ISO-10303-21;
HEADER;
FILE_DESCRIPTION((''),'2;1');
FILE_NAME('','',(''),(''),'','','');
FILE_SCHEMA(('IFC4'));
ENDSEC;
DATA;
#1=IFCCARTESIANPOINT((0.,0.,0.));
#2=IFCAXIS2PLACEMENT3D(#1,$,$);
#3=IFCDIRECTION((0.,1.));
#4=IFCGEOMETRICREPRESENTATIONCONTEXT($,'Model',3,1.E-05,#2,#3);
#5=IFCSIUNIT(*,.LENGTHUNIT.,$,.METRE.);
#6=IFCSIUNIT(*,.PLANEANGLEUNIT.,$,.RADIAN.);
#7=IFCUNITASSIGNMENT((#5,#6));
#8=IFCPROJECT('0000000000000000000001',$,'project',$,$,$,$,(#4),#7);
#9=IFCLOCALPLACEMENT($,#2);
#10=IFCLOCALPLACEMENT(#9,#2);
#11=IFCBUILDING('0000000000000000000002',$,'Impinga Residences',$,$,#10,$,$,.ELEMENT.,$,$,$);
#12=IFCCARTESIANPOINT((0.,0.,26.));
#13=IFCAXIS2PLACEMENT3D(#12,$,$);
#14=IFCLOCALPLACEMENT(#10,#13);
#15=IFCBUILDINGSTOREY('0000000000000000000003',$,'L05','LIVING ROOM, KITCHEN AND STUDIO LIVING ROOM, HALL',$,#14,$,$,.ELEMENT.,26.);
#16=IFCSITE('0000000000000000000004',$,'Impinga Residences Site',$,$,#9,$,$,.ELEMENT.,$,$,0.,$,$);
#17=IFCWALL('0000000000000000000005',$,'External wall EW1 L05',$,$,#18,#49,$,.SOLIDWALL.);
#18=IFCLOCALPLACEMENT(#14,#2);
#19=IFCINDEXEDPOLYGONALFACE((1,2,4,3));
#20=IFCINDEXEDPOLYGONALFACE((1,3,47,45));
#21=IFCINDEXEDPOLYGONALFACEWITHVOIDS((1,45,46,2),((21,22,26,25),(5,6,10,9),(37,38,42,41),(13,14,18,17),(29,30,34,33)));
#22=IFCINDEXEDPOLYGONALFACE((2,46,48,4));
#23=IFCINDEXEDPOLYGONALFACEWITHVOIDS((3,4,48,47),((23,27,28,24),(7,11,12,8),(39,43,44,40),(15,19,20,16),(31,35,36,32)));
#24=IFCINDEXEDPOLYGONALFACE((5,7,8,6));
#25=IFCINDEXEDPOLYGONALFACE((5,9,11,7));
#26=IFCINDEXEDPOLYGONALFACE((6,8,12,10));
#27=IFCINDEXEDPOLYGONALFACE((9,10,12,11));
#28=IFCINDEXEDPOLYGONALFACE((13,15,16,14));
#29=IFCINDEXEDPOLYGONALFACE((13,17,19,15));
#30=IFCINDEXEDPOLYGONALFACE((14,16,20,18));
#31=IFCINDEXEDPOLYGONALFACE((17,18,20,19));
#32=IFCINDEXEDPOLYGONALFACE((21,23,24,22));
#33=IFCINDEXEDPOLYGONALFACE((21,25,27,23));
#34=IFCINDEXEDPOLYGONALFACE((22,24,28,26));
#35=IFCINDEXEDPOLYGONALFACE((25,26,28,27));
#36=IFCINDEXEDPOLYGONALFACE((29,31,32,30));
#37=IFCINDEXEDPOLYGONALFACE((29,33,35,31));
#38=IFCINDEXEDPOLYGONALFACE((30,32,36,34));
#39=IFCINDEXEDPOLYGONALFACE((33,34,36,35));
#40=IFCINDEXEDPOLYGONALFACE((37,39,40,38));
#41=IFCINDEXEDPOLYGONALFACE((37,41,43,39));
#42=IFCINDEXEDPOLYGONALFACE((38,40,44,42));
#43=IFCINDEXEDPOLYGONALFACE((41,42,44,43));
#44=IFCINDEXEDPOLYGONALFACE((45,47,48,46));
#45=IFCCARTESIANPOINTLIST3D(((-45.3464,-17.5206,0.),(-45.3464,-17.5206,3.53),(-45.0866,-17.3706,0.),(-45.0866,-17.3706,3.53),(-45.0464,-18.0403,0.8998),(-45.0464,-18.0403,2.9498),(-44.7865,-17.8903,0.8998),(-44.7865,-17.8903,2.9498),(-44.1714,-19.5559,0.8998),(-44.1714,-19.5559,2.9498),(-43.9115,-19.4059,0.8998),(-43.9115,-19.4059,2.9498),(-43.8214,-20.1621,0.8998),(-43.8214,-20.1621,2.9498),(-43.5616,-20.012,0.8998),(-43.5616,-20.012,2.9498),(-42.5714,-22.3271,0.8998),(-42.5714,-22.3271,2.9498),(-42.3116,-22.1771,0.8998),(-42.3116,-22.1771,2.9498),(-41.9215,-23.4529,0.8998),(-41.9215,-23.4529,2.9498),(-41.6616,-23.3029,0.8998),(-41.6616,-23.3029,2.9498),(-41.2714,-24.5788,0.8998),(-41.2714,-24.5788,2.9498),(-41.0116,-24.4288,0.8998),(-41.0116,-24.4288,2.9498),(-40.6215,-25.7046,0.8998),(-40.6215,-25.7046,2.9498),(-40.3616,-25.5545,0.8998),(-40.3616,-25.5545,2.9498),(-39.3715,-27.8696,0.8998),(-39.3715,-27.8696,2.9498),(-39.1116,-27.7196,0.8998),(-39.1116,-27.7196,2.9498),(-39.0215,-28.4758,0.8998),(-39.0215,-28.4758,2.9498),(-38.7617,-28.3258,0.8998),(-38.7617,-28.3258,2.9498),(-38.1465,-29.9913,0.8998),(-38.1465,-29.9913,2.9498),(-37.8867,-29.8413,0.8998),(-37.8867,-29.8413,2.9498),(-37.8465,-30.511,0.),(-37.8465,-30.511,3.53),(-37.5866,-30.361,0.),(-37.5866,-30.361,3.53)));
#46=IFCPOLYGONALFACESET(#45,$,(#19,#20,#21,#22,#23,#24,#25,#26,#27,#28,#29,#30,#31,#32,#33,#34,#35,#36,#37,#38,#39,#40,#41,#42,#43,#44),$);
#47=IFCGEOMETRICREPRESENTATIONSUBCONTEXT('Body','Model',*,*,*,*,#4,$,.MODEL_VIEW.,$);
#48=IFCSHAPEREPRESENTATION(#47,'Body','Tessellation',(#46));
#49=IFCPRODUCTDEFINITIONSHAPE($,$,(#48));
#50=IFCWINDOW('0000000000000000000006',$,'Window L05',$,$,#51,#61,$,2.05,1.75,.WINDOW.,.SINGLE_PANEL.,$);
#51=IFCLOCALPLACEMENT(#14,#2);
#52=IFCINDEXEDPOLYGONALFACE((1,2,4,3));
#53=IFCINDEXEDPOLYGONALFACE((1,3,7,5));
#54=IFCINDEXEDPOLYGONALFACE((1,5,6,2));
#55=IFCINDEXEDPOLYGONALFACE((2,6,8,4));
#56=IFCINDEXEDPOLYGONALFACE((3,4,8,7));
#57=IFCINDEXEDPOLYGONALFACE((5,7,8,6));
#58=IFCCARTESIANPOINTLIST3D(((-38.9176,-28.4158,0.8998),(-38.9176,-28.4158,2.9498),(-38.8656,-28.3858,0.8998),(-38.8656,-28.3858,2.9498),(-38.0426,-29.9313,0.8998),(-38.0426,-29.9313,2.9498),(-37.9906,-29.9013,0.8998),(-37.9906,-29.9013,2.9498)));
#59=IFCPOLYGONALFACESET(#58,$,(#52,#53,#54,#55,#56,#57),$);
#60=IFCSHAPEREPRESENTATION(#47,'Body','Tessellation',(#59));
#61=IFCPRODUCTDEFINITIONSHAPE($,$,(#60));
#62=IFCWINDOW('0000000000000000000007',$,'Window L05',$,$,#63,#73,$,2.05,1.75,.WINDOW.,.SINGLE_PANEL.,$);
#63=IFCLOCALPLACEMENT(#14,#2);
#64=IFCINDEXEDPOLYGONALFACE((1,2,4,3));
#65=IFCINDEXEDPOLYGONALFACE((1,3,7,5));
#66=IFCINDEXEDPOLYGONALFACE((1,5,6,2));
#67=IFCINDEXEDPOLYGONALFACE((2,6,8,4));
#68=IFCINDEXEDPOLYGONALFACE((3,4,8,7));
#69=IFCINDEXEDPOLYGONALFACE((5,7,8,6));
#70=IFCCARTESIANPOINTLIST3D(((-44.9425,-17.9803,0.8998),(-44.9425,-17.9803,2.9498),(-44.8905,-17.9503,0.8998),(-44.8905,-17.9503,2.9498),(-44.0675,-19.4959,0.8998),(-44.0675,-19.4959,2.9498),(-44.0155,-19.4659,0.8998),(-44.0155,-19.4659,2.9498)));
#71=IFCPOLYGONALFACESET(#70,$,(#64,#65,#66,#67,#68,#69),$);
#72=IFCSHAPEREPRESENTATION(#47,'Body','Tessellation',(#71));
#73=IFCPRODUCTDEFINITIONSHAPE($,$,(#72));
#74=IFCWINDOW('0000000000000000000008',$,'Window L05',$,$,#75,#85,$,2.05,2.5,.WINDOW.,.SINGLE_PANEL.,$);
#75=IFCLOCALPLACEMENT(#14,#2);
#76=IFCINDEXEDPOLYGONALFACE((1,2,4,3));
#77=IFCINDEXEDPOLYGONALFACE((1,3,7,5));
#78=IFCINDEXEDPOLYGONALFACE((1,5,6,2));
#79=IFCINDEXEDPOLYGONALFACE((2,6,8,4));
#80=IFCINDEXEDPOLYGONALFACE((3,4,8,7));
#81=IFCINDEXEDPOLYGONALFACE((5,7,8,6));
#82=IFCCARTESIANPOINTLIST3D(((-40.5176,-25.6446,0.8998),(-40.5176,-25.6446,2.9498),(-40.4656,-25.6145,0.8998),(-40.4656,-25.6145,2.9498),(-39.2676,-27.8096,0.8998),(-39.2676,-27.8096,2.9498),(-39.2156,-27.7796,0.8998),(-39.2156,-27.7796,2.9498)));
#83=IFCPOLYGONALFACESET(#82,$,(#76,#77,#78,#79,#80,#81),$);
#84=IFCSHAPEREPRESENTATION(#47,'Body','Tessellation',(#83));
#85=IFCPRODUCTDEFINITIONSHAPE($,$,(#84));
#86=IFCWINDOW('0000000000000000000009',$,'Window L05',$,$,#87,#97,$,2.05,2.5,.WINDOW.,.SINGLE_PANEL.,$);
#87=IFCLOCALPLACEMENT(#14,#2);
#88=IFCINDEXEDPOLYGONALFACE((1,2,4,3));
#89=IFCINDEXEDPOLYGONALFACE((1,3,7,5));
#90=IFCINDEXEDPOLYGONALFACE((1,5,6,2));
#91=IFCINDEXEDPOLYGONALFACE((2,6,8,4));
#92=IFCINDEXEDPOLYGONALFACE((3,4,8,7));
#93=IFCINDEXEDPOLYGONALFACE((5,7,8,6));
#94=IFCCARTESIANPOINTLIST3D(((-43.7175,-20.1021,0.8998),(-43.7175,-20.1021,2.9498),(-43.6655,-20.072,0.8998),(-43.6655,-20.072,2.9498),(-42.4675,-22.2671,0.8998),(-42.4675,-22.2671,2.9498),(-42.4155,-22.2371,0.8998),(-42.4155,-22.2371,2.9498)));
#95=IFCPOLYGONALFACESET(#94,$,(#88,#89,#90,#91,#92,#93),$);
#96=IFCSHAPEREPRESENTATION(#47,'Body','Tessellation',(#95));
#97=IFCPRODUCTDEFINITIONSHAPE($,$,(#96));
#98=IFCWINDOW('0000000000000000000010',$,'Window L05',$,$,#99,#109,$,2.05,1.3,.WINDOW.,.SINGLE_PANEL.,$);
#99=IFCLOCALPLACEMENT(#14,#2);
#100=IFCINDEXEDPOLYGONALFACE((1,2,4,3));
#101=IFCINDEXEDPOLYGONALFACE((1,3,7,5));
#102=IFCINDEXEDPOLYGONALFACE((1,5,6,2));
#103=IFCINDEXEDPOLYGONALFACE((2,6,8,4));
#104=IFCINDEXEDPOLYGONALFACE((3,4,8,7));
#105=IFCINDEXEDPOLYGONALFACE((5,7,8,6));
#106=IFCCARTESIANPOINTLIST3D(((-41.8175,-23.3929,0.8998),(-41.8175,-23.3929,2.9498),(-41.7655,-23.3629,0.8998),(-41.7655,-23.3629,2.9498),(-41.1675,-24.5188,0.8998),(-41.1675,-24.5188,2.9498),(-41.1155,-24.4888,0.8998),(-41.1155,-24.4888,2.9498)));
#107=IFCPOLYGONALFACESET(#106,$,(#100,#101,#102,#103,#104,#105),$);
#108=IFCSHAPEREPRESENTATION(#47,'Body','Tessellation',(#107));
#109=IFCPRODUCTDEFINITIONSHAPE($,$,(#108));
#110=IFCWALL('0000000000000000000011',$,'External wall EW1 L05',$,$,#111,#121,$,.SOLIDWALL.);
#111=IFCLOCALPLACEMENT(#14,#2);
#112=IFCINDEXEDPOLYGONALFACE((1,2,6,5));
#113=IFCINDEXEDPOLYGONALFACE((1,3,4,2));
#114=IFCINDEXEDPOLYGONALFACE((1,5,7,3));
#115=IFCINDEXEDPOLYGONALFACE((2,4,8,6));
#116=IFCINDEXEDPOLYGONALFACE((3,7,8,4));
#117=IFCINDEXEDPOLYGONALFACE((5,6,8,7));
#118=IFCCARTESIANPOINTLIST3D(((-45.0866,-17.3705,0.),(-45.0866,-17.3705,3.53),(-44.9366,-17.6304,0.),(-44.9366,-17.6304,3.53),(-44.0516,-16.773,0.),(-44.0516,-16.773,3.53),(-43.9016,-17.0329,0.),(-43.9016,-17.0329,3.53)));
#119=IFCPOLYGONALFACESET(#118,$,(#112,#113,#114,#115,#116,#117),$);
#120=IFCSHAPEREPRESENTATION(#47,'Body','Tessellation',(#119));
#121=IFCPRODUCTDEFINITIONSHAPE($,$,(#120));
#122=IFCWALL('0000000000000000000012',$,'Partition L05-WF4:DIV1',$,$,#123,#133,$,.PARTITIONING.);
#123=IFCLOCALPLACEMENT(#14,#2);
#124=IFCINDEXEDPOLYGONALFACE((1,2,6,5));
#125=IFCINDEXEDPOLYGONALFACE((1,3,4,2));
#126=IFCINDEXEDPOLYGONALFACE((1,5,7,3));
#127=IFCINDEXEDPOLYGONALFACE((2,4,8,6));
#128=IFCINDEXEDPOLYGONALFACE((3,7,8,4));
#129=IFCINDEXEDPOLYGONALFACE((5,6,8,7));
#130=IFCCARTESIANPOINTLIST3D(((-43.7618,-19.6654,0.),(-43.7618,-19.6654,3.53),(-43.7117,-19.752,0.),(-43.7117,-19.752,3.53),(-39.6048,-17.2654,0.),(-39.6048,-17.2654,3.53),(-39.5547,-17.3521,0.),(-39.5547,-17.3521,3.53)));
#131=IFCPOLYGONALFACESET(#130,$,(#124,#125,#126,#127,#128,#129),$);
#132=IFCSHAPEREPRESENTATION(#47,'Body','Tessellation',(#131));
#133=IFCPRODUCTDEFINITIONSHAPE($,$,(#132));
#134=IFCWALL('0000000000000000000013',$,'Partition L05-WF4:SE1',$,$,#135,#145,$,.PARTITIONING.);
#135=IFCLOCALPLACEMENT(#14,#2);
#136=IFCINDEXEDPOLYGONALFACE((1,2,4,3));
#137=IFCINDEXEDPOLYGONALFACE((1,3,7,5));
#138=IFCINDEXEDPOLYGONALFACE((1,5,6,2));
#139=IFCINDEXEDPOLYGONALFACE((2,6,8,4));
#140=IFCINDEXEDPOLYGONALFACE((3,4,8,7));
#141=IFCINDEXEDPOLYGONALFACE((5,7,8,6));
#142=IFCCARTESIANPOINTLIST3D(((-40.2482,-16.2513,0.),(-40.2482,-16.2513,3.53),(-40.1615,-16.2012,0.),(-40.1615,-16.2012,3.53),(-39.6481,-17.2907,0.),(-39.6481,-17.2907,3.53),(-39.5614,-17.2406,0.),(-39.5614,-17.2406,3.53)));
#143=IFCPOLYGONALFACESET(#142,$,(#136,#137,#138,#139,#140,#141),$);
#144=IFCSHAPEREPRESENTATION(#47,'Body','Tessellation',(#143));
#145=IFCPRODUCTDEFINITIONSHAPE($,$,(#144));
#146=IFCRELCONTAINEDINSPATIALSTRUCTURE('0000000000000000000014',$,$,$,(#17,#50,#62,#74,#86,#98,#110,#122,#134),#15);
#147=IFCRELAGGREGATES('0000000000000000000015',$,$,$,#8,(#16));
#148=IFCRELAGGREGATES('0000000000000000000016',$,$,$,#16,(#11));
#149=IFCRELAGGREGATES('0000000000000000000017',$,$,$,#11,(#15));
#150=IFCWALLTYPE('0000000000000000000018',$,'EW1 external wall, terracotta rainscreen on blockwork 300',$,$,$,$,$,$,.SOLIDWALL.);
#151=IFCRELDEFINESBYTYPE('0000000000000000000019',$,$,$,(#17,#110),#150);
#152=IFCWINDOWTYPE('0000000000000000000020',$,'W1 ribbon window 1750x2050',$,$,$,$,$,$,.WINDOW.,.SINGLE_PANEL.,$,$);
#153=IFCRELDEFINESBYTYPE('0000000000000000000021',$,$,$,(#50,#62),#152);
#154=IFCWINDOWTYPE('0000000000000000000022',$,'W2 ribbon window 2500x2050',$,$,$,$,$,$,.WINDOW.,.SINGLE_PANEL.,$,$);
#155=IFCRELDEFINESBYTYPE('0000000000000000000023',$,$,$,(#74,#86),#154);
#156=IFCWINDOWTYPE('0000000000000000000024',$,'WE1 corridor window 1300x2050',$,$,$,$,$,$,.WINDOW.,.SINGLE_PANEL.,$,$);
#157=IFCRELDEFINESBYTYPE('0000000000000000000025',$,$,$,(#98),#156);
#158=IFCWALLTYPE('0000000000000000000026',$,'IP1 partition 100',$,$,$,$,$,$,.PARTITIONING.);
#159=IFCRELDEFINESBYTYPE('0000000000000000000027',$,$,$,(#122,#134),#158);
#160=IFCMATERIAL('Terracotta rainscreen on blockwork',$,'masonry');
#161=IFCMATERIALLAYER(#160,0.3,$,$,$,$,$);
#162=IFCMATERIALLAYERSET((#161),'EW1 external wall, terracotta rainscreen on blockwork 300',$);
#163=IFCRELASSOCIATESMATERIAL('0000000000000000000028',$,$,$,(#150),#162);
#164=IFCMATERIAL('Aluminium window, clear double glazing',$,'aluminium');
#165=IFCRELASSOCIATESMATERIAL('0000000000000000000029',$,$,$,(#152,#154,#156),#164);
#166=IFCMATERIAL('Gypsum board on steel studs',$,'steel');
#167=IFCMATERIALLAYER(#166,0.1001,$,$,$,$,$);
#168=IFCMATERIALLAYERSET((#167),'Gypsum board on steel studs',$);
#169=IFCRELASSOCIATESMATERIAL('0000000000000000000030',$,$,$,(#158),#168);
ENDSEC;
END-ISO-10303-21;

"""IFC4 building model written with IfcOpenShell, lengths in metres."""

from ifc_helpers import new_model, si_unit, direction, frame, frame_2d, origin, place, context, subcontext, project, spatial, rectangle, extrude, material, layer, layer_set, type_object, element, fill, save


model = new_model("IFC4")

# Units and contexts
model_context = context("Model", 3, precision=1e-05, world=origin(), true_north=direction((0.0, 1.0)))
body_context = subcontext(model_context, "Body", "Model", "MODEL_VIEW")
ifc_project = project(units=[si_unit("LENGTHUNIT", "METRE"), si_unit("PLANEANGLEUNIT", "RADIAN")], contexts=[model_context])

# Site, building, storey
site_placement = place(None, origin())
site = spatial("IfcSite", under=ifc_project, at=site_placement, Name="Impinga Residences Site", CompositionType="ELEMENT", RefElevation=0.0)
building_placement = place(site_placement, origin())
building = spatial("IfcBuilding", under=site, at=building_placement, Name="Impinga Residences", CompositionType="ELEMENT")
storey_placement = place(building_placement, frame((0.0, 0.0, 26.0)))
storey = spatial("IfcBuildingStorey", under=building, at=storey_placement, Name="L05", Description="LIVING ROOM, KITCHEN AND STUDIO LIVING ROOM, HALL", CompositionType="ELEMENT", Elevation=26.0)

# Shared definitions
ifc_material_1 = material(Name="Terracotta rainscreen on blockwork", Category="masonry")
ifc_layer_1 = layer(ifc_material_1, 0.3)
ifc_layer_set_1 = layer_set([ifc_layer_1], Name="EW1 external wall, terracotta rainscreen on blockwork 300")
wall_type_1 = type_object("IfcWallType", Name="EW1 external wall, terracotta rainscreen on blockwork 300", PredefinedType="SOLIDWALL", material=ifc_layer_set_1)

# Wall, openings, windows
wall_1_placement = place(storey_placement, frame((-37.7166, -30.436, 0.0), z_axis=(0.0, 0.0, 1.0), x_axis=(-0.499997, 0.866027, 0.0)))
wall_1 = element("IfcWall", 1, at=wall_1_placement, inside=storey, type_object=wall_type_1, Name="External wall EW1 L05", PredefinedType="SOLIDWALL", context=body_context, shape_type="SweptSolid", body=[
    extrude(rectangle(XDim=15.0, YDim=0.3, at=frame_2d((7.5, 0.0))), origin(), (0.0, 0.0, 1.0), 3.53),
])
opening_1_placement = place(wall_1_placement, frame((0.6001, 0.0, 0.8999)))
opening_1 = element("IfcOpeningElement", 2, at=opening_1_placement, cuts=wall_1, PredefinedType="OPENING", context=body_context, shape_type="SweptSolid", body=[
    extrude(rectangle(XDim=1.75, YDim=2.05, at=frame_2d((0.875, 1.0249))), frame((0.0, 0.1599, 0.0), z_axis=(0.0, -1.0, 0.0), x_axis=(1.0, 0.0, 0.0)), (0.0, 0.0, 1.0), 0.3201),
])
opening_2_placement = place(wall_1_placement, frame((3.05, 0.0, 0.8999)))
opening_2 = element("IfcOpeningElement", 3, at=opening_2_placement, cuts=wall_1, PredefinedType="OPENING", context=body_context, shape_type="SweptSolid", body=[
    extrude(rectangle(XDim=2.5, YDim=2.05, at=frame_2d((1.25, 1.0249))), frame((0.0, 0.1599, 0.0), z_axis=(0.0, -1.0, 0.0), x_axis=(1.0, 0.0, 0.0)), (0.0, 0.0, 1.0), 0.3201),
])
opening_3_placement = place(wall_1_placement, frame((6.8501, 0.0, 0.8999)))
opening_3 = element("IfcOpeningElement", 4, at=opening_3_placement, cuts=wall_1, PredefinedType="OPENING", context=body_context, shape_type="SweptSolid", body=[
    extrude(rectangle(XDim=1.3, YDim=2.05, at=frame_2d((0.6499, 1.0249))), frame((0.0, 0.1599, 0.0), z_axis=(0.0, -1.0, 0.0), x_axis=(1.0, 0.0, 0.0)), (0.0, 0.0, 1.0), 0.3201),
])
opening_4_placement = place(wall_1_placement, frame((9.45, 0.0, 0.8999)))
opening_4 = element("IfcOpeningElement", 5, at=opening_4_placement, cuts=wall_1, PredefinedType="OPENING", context=body_context, shape_type="SweptSolid", body=[
    extrude(rectangle(XDim=2.5, YDim=2.05, at=frame_2d((1.25, 1.0249))), frame((0.0, 0.1599, 0.0), z_axis=(0.0, -1.0, 0.0), x_axis=(1.0, 0.0, 0.0)), (0.0, 0.0, 1.0), 0.3201),
])
opening_5_placement = place(wall_1_placement, frame((12.6499, 0.0, 0.8999)))
opening_5 = element("IfcOpeningElement", 6, at=opening_5_placement, cuts=wall_1, PredefinedType="OPENING", context=body_context, shape_type="SweptSolid", body=[
    extrude(rectangle(XDim=1.75, YDim=2.05, at=frame_2d((0.875, 1.0249))), frame((0.0, 0.1599, 0.0), z_axis=(0.0, -1.0, 0.0), x_axis=(1.0, 0.0, 0.0)), (0.0, 0.0, 1.0), 0.3201),
])
ifc_material_2 = material(Name="Aluminium window, clear double glazing", Category="aluminium")
window_type_1 = type_object("IfcWindowType", Name="W1 ribbon window 1750x2050", PartitioningType="SINGLE_PANEL", PredefinedType="WINDOW", material=ifc_material_2)
window_1_placement = place(opening_1_placement, origin())
window_1 = element("IfcWindow", 7, at=window_1_placement, inside=storey, type_object=window_type_1, Name="Window L05", OverallHeight=2.05, OverallWidth=1.75, PartitioningType="SINGLE_PANEL", PredefinedType="WINDOW", context=body_context, shape_type="SweptSolid", body=[
    extrude(rectangle(XDim=1.75, YDim=2.05, at=frame_2d((0.875, 1.0249))), frame((0.0, 0.03, 0.0), z_axis=(0.0, -1.0, 0.0), x_axis=(1.0, 0.0, 0.0)), (0.0, 0.0, 1.0), 0.0601),
])
fill(opening_1, window_1)
window_2_placement = place(opening_5_placement, origin())
window_2 = element("IfcWindow", 8, at=window_2_placement, inside=storey, type_object=window_type_1, Name="Window L05", OverallHeight=2.05, OverallWidth=1.75, PartitioningType="SINGLE_PANEL", PredefinedType="WINDOW", context=body_context, shape_type="SweptSolid", body=[
    extrude(rectangle(XDim=1.75, YDim=2.05, at=frame_2d((0.875, 1.0249))), frame((0.0, 0.03, 0.0), z_axis=(0.0, -1.0, 0.0), x_axis=(1.0, 0.0, 0.0)), (0.0, 0.0, 1.0), 0.0601),
])
fill(opening_5, window_2)
window_type_2 = type_object("IfcWindowType", Name="W2 ribbon window 2500x2050", PartitioningType="SINGLE_PANEL", PredefinedType="WINDOW", material=ifc_material_2)
window_3_placement = place(opening_2_placement, origin())
window_3 = element("IfcWindow", 9, at=window_3_placement, inside=storey, type_object=window_type_2, Name="Window L05", OverallHeight=2.05, OverallWidth=2.5, PartitioningType="SINGLE_PANEL", PredefinedType="WINDOW", context=body_context, shape_type="SweptSolid", body=[
    extrude(rectangle(XDim=2.5, YDim=2.05, at=frame_2d((1.25, 1.0249))), frame((0.0, 0.03, 0.0), z_axis=(0.0, -1.0, 0.0), x_axis=(1.0, 0.0, 0.0)), (0.0, 0.0, 1.0), 0.0601),
])
fill(opening_2, window_3)
window_4_placement = place(opening_4_placement, origin())
window_4 = element("IfcWindow", 10, at=window_4_placement, inside=storey, type_object=window_type_2, Name="Window L05", OverallHeight=2.05, OverallWidth=2.5, PartitioningType="SINGLE_PANEL", PredefinedType="WINDOW", context=body_context, shape_type="SweptSolid", body=[
    extrude(rectangle(XDim=2.5, YDim=2.05, at=frame_2d((1.25, 1.0249))), frame((0.0, 0.03, 0.0), z_axis=(0.0, -1.0, 0.0), x_axis=(1.0, 0.0, 0.0)), (0.0, 0.0, 1.0), 0.0601),
])
fill(opening_4, window_4)
window_type_3 = type_object("IfcWindowType", Name="WE1 corridor window 1300x2050", PartitioningType="SINGLE_PANEL", PredefinedType="WINDOW", material=ifc_material_2)
window_5_placement = place(opening_3_placement, origin())
window_5 = element("IfcWindow", 11, at=window_5_placement, inside=storey, type_object=window_type_3, Name="Window L05", OverallHeight=2.05, OverallWidth=1.3, PartitioningType="SINGLE_PANEL", PredefinedType="WINDOW", context=body_context, shape_type="SweptSolid", body=[
    extrude(rectangle(XDim=1.3, YDim=2.05, at=frame_2d((0.6499, 1.0249))), frame((0.0, 0.03, 0.0), z_axis=(0.0, -1.0, 0.0), x_axis=(1.0, 0.0, 0.0)), (0.0, 0.0, 1.0), 0.0601),
])
fill(opening_3, window_5)

# Walls
wall_2_placement = place(storey_placement, frame((-45.0117, -17.5005, 0.0), z_axis=(0.0, 0.0, 1.0), x_axis=(0.86606, 0.499941, 0.0)))
element("IfcWall", 12, at=wall_2_placement, inside=storey, type_object=wall_type_1, Name="External wall EW1 L05", PredefinedType="SOLIDWALL", context=body_context, shape_type="SweptSolid", body=[
    extrude(rectangle(XDim=1.1951, YDim=0.3, at=frame_2d((0.5977, 0.0))), origin(), (0.0, 0.0, 1.0), 3.53),
])
ifc_material_3 = material(Name="Gypsum board on steel studs", Category="steel")
ifc_layer_2 = layer(ifc_material_3, 0.1001)
ifc_layer_set_2 = layer_set([ifc_layer_2], Name="Gypsum board on steel studs")
wall_type_2 = type_object("IfcWallType", Name="IP1 partition 100", PredefinedType="PARTITIONING", material=ifc_layer_set_2)
wall_3_placement = place(storey_placement, frame((-39.5798, -17.3088, 0.0), z_axis=(0.0, 0.0, 1.0), x_axis=(-0.866037, -0.499979, 0.0)))
element("IfcWall", 13, at=wall_3_placement, inside=storey, type_object=wall_type_2, Name="Partition L05-WF4:DIV1", PredefinedType="PARTITIONING", context=body_context, shape_type="SweptSolid", body=[
    extrude(rectangle(XDim=4.8, YDim=0.1001, at=frame_2d((2.3999, 0.0))), origin(), (0.0, 0.0, 1.0), 3.53),
])
wall_4_placement = place(storey_placement, frame((-39.6047, -17.2656, 0.0), z_axis=(0.0, 0.0, 1.0), x_axis=(-0.500034, 0.866006, 0.0)))
element("IfcWall", 14, at=wall_4_placement, inside=storey, type_object=wall_type_2, Name="Partition L05-WF4:SE1", PredefinedType="PARTITIONING", context=body_context, shape_type="SweptSolid", body=[
    extrude(rectangle(XDim=1.2002, YDim=0.1001, at=frame_2d((0.6001, 0.0))), origin(), (0.0, 0.0, 1.0), 3.53),
])

save(model, "model.ifc")
